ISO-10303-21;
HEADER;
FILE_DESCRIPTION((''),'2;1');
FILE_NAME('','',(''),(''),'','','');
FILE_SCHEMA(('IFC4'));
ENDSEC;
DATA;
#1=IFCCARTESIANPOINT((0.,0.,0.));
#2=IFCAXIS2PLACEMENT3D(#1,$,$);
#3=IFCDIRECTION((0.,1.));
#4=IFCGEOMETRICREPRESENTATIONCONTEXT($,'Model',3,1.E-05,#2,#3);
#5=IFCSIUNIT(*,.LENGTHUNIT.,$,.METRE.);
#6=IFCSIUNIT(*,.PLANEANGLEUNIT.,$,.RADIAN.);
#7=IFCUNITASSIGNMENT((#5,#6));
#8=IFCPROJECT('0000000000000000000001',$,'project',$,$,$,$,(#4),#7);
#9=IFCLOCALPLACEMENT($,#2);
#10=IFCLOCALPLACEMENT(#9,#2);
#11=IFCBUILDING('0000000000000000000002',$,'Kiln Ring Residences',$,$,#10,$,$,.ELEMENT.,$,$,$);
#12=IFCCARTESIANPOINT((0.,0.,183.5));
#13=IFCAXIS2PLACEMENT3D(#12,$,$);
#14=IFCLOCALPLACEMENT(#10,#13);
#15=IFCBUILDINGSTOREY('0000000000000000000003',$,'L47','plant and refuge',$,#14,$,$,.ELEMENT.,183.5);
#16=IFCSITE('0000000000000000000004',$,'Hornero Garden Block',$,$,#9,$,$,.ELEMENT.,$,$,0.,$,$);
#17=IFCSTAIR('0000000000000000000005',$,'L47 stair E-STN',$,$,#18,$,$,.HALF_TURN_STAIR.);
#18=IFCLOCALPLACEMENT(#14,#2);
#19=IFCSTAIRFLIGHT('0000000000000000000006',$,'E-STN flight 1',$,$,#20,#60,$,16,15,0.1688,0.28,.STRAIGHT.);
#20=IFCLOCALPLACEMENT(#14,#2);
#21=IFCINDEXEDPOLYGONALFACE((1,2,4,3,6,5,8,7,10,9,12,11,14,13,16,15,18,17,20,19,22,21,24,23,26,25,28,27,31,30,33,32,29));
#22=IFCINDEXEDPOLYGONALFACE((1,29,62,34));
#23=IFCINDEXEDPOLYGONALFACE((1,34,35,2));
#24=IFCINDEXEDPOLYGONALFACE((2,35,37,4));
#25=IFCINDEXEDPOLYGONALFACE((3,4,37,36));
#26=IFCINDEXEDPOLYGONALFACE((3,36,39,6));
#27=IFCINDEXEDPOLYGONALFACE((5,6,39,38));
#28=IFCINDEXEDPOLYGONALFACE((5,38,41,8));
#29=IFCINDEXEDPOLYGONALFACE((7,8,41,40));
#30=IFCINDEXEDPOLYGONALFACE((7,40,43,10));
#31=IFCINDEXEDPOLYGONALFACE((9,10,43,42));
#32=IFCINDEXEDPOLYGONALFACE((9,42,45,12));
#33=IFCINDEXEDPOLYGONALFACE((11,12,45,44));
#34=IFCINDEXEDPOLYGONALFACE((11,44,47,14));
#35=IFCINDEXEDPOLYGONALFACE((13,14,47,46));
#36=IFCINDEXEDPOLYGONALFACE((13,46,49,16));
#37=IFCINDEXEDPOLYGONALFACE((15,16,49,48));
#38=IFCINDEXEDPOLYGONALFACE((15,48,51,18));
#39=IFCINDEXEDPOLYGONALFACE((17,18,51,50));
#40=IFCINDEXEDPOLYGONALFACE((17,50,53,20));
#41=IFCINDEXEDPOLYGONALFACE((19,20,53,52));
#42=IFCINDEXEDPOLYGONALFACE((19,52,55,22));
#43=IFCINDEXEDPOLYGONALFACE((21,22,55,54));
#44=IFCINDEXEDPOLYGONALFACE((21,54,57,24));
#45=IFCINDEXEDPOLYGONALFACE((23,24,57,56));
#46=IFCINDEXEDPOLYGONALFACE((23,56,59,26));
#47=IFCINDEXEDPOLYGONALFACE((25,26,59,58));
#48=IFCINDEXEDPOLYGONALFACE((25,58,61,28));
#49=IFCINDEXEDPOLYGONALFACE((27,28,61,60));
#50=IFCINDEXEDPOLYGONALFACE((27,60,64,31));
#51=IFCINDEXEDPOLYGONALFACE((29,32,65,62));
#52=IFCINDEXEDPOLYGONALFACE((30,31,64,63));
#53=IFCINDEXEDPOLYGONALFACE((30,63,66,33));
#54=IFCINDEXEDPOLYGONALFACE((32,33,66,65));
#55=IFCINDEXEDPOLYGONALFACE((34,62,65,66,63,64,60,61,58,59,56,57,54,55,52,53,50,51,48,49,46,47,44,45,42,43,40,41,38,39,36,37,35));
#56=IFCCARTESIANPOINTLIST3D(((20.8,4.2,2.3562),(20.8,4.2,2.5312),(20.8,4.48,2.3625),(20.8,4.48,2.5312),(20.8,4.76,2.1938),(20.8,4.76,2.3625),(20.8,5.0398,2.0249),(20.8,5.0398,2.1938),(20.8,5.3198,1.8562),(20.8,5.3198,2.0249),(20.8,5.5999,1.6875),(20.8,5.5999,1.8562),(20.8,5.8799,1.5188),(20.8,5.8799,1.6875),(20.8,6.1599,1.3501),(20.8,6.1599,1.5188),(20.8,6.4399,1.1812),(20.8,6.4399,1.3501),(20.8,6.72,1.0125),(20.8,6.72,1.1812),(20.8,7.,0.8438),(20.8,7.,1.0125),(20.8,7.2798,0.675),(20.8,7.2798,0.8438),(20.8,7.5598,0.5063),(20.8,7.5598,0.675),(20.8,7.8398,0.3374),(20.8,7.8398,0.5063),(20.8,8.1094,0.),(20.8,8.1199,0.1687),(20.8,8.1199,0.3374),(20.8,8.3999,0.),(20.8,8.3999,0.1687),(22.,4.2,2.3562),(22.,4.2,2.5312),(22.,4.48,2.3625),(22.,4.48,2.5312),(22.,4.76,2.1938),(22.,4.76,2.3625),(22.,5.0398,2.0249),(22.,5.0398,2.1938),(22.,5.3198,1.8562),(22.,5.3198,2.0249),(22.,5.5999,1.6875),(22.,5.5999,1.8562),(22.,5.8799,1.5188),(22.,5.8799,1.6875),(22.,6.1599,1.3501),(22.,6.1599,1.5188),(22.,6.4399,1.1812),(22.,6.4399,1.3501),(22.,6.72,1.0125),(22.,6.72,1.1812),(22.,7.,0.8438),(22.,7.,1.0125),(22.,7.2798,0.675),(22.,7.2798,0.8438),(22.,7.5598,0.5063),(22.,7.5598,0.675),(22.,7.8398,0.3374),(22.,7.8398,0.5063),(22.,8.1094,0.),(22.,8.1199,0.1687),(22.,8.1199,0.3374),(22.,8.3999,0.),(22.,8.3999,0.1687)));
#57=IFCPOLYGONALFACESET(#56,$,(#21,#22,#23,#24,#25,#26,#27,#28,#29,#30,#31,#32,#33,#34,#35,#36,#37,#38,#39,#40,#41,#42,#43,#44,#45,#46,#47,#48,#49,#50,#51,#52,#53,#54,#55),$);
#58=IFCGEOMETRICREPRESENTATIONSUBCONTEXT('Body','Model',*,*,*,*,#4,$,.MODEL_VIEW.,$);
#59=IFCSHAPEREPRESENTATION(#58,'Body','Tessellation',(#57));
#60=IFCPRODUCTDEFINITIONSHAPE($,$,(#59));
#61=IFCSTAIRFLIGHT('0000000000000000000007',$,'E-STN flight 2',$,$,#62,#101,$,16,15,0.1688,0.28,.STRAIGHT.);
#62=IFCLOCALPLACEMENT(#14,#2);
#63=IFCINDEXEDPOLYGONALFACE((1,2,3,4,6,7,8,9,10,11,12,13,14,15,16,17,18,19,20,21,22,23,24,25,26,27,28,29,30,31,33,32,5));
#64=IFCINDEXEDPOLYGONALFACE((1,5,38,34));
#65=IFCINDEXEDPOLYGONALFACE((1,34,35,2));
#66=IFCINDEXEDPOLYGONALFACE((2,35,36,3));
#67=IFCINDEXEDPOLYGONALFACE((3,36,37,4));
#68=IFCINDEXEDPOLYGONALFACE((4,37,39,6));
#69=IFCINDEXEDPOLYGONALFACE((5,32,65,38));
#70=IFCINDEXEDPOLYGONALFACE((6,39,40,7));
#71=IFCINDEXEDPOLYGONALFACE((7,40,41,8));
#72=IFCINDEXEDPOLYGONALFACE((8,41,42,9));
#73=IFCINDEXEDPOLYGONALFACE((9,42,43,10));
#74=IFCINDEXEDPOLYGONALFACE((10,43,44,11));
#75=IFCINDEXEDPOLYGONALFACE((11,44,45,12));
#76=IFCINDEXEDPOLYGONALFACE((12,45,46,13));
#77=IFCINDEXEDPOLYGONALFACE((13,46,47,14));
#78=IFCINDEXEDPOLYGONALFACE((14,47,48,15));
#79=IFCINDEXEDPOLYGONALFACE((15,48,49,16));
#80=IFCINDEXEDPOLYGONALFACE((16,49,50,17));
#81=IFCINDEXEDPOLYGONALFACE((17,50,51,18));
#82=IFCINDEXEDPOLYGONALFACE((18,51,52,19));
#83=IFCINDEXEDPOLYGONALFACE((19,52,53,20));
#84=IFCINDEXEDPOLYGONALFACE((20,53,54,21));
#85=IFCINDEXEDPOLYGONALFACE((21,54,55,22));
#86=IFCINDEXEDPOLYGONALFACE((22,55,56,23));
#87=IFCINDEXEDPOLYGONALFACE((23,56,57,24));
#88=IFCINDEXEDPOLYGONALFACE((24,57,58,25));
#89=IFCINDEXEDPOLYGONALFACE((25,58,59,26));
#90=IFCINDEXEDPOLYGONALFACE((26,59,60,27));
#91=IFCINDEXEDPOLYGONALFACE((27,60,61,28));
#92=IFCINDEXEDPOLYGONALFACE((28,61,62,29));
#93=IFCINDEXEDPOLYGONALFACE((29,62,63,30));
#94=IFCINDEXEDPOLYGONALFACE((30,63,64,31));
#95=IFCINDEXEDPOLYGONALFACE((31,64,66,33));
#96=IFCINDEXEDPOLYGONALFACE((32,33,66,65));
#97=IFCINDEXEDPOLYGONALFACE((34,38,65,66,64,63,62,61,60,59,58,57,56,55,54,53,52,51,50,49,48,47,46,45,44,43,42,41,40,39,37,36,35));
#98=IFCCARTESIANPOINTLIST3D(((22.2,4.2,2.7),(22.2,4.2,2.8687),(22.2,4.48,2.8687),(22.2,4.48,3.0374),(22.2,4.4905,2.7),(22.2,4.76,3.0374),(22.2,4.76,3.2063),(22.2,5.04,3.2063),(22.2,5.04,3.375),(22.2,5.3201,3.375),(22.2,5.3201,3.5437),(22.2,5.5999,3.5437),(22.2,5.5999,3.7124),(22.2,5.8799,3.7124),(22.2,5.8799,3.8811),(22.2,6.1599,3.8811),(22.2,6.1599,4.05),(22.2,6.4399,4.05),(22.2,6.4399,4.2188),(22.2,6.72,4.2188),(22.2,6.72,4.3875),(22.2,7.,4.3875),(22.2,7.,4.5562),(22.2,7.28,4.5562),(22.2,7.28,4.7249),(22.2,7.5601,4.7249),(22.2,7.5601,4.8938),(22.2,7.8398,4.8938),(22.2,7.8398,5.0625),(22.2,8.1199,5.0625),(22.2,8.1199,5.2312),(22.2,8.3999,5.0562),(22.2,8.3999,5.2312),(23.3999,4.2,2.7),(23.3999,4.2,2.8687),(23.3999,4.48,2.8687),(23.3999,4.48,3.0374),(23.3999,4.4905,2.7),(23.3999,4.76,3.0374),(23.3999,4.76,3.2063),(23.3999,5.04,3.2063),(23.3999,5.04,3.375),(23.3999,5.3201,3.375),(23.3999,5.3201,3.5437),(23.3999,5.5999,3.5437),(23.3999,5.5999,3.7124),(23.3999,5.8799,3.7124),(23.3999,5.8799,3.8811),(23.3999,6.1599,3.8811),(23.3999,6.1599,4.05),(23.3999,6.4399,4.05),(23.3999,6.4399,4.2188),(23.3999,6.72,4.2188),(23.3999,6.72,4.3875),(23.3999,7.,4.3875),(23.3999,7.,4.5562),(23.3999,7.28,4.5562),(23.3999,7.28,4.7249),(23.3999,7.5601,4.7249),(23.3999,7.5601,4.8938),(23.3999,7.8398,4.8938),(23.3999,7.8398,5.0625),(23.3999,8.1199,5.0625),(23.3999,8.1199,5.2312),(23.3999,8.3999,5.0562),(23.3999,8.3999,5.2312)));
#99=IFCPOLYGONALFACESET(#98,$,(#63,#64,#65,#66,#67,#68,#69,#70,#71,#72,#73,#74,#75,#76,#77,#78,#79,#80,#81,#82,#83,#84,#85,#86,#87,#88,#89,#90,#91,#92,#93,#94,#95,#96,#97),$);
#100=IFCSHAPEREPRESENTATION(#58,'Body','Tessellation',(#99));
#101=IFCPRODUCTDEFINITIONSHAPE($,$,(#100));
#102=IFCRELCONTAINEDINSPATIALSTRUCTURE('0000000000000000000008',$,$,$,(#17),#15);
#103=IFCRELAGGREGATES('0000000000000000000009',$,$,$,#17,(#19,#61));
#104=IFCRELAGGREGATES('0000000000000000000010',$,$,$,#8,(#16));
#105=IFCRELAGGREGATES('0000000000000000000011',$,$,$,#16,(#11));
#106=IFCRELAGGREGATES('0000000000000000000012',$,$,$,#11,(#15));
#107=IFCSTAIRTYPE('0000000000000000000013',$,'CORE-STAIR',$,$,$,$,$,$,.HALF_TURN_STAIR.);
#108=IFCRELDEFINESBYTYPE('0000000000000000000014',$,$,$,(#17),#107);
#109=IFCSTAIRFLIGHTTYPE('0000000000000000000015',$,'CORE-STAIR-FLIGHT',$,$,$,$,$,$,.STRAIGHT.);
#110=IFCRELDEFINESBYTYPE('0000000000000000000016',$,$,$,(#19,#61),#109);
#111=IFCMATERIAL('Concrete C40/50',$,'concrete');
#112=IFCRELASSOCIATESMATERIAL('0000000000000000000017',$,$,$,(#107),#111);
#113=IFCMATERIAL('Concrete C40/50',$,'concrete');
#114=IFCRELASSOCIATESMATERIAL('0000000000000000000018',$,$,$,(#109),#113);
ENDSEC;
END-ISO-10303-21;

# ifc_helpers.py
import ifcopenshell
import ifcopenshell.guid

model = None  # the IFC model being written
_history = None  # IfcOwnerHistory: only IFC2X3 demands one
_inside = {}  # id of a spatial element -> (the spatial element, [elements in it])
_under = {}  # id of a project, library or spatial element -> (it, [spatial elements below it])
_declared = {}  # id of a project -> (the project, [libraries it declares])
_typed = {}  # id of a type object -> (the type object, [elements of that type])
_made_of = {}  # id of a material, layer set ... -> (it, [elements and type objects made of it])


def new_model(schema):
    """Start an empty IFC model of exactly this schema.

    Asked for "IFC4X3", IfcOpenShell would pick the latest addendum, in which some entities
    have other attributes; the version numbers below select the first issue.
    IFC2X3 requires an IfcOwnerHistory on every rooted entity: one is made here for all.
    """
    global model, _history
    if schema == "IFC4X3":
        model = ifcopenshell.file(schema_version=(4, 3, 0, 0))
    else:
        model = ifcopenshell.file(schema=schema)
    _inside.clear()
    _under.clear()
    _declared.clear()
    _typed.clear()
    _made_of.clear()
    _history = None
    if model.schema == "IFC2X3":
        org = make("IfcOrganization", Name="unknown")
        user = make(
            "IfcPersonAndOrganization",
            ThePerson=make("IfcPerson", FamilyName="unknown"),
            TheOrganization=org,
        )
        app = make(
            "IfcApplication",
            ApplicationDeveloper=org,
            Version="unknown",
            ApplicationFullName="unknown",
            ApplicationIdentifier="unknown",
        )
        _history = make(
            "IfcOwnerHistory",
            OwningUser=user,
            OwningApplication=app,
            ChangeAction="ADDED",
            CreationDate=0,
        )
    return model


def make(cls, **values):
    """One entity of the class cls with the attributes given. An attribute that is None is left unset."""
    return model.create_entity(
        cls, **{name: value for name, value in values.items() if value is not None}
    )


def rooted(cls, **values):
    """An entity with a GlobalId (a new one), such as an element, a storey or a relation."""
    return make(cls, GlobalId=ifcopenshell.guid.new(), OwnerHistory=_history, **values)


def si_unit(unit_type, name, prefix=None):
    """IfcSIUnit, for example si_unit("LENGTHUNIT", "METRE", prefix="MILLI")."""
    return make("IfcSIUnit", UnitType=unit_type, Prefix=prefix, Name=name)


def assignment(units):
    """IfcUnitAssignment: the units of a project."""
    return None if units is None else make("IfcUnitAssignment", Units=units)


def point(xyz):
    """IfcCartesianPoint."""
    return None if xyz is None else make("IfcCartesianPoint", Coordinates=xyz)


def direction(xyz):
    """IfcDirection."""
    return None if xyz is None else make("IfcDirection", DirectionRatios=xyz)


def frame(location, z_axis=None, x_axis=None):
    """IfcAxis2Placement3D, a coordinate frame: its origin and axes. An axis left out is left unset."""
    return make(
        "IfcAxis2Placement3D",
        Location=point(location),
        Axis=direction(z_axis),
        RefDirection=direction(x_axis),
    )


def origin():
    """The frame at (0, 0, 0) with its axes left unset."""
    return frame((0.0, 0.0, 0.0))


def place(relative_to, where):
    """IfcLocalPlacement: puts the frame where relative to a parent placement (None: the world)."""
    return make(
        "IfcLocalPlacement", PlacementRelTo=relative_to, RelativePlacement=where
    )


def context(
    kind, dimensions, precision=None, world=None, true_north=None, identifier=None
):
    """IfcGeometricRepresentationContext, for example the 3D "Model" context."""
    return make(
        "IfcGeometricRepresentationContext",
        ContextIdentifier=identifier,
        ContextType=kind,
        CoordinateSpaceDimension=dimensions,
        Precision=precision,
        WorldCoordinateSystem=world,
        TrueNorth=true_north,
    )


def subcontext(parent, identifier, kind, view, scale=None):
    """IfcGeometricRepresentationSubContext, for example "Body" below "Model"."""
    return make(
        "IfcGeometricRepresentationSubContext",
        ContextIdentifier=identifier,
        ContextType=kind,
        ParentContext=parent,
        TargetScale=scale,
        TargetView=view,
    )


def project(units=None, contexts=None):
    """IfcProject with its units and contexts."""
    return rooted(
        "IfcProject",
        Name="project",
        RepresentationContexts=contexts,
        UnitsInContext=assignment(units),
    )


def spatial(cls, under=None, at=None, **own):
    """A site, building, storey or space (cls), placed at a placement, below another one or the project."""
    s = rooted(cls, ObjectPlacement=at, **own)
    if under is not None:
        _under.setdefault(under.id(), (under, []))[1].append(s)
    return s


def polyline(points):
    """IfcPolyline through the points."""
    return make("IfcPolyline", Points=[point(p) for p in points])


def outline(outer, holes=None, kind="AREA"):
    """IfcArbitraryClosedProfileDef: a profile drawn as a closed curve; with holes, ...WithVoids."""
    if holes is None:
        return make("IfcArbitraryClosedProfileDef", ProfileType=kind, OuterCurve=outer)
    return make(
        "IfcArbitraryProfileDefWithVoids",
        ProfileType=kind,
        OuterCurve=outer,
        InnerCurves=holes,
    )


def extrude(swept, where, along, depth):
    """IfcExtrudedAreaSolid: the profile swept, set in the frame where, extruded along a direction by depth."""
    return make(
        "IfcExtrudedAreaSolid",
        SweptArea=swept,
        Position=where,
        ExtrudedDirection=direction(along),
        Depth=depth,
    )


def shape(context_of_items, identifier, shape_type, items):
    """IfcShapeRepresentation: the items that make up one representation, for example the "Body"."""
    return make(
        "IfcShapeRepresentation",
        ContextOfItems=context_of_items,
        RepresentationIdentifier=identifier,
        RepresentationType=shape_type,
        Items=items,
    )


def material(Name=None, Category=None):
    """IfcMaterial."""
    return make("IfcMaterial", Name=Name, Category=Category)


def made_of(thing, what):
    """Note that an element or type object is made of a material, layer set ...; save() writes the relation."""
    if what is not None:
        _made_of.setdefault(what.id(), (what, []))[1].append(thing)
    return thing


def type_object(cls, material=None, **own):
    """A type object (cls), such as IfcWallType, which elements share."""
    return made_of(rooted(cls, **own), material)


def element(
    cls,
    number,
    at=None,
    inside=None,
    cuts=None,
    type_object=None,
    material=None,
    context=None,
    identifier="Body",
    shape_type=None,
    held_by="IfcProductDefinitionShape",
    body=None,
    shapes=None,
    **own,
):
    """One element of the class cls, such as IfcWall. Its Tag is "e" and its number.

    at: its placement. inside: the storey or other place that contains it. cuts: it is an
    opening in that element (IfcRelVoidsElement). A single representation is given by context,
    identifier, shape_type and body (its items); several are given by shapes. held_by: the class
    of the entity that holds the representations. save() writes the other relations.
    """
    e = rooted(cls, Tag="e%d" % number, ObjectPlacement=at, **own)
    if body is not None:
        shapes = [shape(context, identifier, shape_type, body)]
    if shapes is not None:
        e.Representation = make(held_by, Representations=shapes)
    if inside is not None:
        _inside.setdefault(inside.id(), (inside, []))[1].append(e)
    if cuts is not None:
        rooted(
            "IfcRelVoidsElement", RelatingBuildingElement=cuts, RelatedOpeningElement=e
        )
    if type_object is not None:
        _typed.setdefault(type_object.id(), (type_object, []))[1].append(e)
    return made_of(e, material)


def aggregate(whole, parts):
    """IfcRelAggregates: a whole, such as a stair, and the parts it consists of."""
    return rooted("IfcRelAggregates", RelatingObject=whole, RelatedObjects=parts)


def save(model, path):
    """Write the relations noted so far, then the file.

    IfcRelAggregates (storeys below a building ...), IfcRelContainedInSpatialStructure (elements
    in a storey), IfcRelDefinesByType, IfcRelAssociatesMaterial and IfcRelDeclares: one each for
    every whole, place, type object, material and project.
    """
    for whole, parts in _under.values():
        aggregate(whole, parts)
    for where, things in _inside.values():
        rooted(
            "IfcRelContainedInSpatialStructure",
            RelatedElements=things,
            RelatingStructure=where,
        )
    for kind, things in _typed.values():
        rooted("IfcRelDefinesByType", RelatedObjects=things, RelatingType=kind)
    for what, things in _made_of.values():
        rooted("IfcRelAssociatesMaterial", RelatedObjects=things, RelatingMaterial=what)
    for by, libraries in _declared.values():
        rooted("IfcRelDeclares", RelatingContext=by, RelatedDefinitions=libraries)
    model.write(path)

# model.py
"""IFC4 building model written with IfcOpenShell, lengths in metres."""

from ifc_helpers import new_model, si_unit, direction, frame, origin, place, context, subcontext, project, spatial, polyline, outline, extrude, material, type_object, element, aggregate, save


model = new_model("IFC4")

# Units and contexts
model_context = context("Model", 3, precision=1e-05, world=origin(), true_north=direction((0.0, 1.0)))
body_context = subcontext(model_context, "Body", "Model", "MODEL_VIEW")
ifc_project = project(units=[si_unit("LENGTHUNIT", "METRE"), si_unit("PLANEANGLEUNIT", "RADIAN")], contexts=[model_context])

# Site, building, storey
site_placement = place(None, origin())
site = spatial("IfcSite", under=ifc_project, at=site_placement, Name="Hornero Garden Block", CompositionType="ELEMENT", RefElevation=0.0)
building_placement = place(site_placement, origin())
building = spatial("IfcBuilding", under=site, at=building_placement, Name="Kiln Ring Residences", CompositionType="ELEMENT")
storey_placement = place(building_placement, frame((0.0, 0.0, 183.5)))
storey = spatial("IfcBuildingStorey", under=building, at=storey_placement, Name="L47", Description="plant and refuge", CompositionType="ELEMENT", Elevation=183.5)

# Stair, stair flights
ifc_material_1 = material(Name="Concrete C40/50", Category="concrete")
stair_type = type_object("IfcStairType", Name="CORE-STAIR", PredefinedType="HALF_TURN_STAIR", material=ifc_material_1)
stair_placement = place(storey_placement, origin())
stair = element("IfcStair", 1, at=stair_placement, inside=storey, type_object=stair_type, Name="L47 stair E-STN", PredefinedType="HALF_TURN_STAIR")
ifc_material_2 = material(Name="Concrete C40/50", Category="concrete")
stair_flight_type = type_object("IfcStairFlightType", Name="CORE-STAIR-FLIGHT", PredefinedType="STRAIGHT", material=ifc_material_2)
stair_flight_1_placement = place(storey_placement, frame((21.3999, 8.3999, 0.0), z_axis=(0.0, 0.0, 1.0), x_axis=(0.0, -1.0, 0.0)))
stair_flight_1 = element("IfcStairFlight", 2, at=stair_flight_1_placement, type_object=stair_flight_type, Name="E-STN flight 1", NumberOfRisers=16, NumberOfTreads=15, PredefinedType="STRAIGHT", RiserHeight=0.1688, TreadLength=0.28, context=body_context, shape_type="SweptSolid", body=[
    extrude(outline(polyline([(0.0, 0.0), (0.0, 0.1687), (0.28, 0.1687), (0.28, 0.3374), (0.5601, 0.3374), (0.5601, 0.5063), (0.8401, 0.5063), (0.8401, 0.675), (1.1201, 0.675), (1.1201, 0.8438), (1.3999, 0.8438), (1.3999, 1.0125), (1.6799, 1.0125), (1.6799, 1.1812), (1.96, 1.1812), (1.96, 1.3501), (2.24, 1.3501), (2.24, 1.5188), (2.52, 1.5188), (2.52, 1.6875), (2.8, 1.6875), (2.8, 1.8562), (3.0801, 1.8562), (3.0801, 2.0249), (3.3601, 2.0249), (3.3601, 2.1938), (3.6399, 2.1938), (3.6399, 2.3625), (3.9199, 2.3625), (3.9199, 2.5312), (4.2, 2.5312), (4.2, 2.7), (4.2, 2.3562), (0.2905, 0.0), (0.0, 0.0)])), frame((0.0, 0.6001, 0.0), z_axis=(0.0, -1.0, 0.0), x_axis=(1.0, 0.0, 0.0)), (0.0, 0.0, 1.0), 1.2),
])
stair_flight_2_placement = place(storey_placement, frame((22.8, 4.2, 2.7), z_axis=(0.0, 0.0, 1.0), x_axis=(0.0, 1.0, 0.0)))
stair_flight_2 = element("IfcStairFlight", 3, at=stair_flight_2_placement, type_object=stair_flight_type, Name="E-STN flight 2", NumberOfRisers=16, NumberOfTreads=15, PredefinedType="STRAIGHT", RiserHeight=0.1688, TreadLength=0.28, context=body_context, shape_type="SweptSolid", body=[
    extrude(outline(polyline([(0.0, 0.0), (0.0, 0.1687), (0.28, 0.1687), (0.28, 0.3374), (0.5601, 0.3374), (0.5601, 0.5063), (0.8401, 0.5063), (0.8401, 0.675), (1.1201, 0.675), (1.1201, 0.8438), (1.3999, 0.8438), (1.3999, 1.0125), (1.6799, 1.0125), (1.6799, 1.1812), (1.96, 1.1812), (1.96, 1.3501), (2.24, 1.3501), (2.24, 1.5188), (2.52, 1.5188), (2.52, 1.6875), (2.8, 1.6875), (2.8, 1.8562), (3.0801, 1.8562), (3.0801, 2.0249), (3.3601, 2.0249), (3.3601, 2.1938), (3.6399, 2.1938), (3.6399, 2.3625), (3.9199, 2.3625), (3.9199, 2.5312), (4.2, 2.5312), (4.2, 2.7), (4.2, 2.3562), (0.2905, 0.0), (0.0, 0.0)])), frame((0.0, 0.6001, 0.0), z_axis=(0.0, -1.0, 0.0), x_axis=(1.0, 0.0, 0.0)), (0.0, 0.0, 1.0), 1.2),
])
aggregate(stair, [stair_flight_1, stair_flight_2])

save(model, "model.ifc")
